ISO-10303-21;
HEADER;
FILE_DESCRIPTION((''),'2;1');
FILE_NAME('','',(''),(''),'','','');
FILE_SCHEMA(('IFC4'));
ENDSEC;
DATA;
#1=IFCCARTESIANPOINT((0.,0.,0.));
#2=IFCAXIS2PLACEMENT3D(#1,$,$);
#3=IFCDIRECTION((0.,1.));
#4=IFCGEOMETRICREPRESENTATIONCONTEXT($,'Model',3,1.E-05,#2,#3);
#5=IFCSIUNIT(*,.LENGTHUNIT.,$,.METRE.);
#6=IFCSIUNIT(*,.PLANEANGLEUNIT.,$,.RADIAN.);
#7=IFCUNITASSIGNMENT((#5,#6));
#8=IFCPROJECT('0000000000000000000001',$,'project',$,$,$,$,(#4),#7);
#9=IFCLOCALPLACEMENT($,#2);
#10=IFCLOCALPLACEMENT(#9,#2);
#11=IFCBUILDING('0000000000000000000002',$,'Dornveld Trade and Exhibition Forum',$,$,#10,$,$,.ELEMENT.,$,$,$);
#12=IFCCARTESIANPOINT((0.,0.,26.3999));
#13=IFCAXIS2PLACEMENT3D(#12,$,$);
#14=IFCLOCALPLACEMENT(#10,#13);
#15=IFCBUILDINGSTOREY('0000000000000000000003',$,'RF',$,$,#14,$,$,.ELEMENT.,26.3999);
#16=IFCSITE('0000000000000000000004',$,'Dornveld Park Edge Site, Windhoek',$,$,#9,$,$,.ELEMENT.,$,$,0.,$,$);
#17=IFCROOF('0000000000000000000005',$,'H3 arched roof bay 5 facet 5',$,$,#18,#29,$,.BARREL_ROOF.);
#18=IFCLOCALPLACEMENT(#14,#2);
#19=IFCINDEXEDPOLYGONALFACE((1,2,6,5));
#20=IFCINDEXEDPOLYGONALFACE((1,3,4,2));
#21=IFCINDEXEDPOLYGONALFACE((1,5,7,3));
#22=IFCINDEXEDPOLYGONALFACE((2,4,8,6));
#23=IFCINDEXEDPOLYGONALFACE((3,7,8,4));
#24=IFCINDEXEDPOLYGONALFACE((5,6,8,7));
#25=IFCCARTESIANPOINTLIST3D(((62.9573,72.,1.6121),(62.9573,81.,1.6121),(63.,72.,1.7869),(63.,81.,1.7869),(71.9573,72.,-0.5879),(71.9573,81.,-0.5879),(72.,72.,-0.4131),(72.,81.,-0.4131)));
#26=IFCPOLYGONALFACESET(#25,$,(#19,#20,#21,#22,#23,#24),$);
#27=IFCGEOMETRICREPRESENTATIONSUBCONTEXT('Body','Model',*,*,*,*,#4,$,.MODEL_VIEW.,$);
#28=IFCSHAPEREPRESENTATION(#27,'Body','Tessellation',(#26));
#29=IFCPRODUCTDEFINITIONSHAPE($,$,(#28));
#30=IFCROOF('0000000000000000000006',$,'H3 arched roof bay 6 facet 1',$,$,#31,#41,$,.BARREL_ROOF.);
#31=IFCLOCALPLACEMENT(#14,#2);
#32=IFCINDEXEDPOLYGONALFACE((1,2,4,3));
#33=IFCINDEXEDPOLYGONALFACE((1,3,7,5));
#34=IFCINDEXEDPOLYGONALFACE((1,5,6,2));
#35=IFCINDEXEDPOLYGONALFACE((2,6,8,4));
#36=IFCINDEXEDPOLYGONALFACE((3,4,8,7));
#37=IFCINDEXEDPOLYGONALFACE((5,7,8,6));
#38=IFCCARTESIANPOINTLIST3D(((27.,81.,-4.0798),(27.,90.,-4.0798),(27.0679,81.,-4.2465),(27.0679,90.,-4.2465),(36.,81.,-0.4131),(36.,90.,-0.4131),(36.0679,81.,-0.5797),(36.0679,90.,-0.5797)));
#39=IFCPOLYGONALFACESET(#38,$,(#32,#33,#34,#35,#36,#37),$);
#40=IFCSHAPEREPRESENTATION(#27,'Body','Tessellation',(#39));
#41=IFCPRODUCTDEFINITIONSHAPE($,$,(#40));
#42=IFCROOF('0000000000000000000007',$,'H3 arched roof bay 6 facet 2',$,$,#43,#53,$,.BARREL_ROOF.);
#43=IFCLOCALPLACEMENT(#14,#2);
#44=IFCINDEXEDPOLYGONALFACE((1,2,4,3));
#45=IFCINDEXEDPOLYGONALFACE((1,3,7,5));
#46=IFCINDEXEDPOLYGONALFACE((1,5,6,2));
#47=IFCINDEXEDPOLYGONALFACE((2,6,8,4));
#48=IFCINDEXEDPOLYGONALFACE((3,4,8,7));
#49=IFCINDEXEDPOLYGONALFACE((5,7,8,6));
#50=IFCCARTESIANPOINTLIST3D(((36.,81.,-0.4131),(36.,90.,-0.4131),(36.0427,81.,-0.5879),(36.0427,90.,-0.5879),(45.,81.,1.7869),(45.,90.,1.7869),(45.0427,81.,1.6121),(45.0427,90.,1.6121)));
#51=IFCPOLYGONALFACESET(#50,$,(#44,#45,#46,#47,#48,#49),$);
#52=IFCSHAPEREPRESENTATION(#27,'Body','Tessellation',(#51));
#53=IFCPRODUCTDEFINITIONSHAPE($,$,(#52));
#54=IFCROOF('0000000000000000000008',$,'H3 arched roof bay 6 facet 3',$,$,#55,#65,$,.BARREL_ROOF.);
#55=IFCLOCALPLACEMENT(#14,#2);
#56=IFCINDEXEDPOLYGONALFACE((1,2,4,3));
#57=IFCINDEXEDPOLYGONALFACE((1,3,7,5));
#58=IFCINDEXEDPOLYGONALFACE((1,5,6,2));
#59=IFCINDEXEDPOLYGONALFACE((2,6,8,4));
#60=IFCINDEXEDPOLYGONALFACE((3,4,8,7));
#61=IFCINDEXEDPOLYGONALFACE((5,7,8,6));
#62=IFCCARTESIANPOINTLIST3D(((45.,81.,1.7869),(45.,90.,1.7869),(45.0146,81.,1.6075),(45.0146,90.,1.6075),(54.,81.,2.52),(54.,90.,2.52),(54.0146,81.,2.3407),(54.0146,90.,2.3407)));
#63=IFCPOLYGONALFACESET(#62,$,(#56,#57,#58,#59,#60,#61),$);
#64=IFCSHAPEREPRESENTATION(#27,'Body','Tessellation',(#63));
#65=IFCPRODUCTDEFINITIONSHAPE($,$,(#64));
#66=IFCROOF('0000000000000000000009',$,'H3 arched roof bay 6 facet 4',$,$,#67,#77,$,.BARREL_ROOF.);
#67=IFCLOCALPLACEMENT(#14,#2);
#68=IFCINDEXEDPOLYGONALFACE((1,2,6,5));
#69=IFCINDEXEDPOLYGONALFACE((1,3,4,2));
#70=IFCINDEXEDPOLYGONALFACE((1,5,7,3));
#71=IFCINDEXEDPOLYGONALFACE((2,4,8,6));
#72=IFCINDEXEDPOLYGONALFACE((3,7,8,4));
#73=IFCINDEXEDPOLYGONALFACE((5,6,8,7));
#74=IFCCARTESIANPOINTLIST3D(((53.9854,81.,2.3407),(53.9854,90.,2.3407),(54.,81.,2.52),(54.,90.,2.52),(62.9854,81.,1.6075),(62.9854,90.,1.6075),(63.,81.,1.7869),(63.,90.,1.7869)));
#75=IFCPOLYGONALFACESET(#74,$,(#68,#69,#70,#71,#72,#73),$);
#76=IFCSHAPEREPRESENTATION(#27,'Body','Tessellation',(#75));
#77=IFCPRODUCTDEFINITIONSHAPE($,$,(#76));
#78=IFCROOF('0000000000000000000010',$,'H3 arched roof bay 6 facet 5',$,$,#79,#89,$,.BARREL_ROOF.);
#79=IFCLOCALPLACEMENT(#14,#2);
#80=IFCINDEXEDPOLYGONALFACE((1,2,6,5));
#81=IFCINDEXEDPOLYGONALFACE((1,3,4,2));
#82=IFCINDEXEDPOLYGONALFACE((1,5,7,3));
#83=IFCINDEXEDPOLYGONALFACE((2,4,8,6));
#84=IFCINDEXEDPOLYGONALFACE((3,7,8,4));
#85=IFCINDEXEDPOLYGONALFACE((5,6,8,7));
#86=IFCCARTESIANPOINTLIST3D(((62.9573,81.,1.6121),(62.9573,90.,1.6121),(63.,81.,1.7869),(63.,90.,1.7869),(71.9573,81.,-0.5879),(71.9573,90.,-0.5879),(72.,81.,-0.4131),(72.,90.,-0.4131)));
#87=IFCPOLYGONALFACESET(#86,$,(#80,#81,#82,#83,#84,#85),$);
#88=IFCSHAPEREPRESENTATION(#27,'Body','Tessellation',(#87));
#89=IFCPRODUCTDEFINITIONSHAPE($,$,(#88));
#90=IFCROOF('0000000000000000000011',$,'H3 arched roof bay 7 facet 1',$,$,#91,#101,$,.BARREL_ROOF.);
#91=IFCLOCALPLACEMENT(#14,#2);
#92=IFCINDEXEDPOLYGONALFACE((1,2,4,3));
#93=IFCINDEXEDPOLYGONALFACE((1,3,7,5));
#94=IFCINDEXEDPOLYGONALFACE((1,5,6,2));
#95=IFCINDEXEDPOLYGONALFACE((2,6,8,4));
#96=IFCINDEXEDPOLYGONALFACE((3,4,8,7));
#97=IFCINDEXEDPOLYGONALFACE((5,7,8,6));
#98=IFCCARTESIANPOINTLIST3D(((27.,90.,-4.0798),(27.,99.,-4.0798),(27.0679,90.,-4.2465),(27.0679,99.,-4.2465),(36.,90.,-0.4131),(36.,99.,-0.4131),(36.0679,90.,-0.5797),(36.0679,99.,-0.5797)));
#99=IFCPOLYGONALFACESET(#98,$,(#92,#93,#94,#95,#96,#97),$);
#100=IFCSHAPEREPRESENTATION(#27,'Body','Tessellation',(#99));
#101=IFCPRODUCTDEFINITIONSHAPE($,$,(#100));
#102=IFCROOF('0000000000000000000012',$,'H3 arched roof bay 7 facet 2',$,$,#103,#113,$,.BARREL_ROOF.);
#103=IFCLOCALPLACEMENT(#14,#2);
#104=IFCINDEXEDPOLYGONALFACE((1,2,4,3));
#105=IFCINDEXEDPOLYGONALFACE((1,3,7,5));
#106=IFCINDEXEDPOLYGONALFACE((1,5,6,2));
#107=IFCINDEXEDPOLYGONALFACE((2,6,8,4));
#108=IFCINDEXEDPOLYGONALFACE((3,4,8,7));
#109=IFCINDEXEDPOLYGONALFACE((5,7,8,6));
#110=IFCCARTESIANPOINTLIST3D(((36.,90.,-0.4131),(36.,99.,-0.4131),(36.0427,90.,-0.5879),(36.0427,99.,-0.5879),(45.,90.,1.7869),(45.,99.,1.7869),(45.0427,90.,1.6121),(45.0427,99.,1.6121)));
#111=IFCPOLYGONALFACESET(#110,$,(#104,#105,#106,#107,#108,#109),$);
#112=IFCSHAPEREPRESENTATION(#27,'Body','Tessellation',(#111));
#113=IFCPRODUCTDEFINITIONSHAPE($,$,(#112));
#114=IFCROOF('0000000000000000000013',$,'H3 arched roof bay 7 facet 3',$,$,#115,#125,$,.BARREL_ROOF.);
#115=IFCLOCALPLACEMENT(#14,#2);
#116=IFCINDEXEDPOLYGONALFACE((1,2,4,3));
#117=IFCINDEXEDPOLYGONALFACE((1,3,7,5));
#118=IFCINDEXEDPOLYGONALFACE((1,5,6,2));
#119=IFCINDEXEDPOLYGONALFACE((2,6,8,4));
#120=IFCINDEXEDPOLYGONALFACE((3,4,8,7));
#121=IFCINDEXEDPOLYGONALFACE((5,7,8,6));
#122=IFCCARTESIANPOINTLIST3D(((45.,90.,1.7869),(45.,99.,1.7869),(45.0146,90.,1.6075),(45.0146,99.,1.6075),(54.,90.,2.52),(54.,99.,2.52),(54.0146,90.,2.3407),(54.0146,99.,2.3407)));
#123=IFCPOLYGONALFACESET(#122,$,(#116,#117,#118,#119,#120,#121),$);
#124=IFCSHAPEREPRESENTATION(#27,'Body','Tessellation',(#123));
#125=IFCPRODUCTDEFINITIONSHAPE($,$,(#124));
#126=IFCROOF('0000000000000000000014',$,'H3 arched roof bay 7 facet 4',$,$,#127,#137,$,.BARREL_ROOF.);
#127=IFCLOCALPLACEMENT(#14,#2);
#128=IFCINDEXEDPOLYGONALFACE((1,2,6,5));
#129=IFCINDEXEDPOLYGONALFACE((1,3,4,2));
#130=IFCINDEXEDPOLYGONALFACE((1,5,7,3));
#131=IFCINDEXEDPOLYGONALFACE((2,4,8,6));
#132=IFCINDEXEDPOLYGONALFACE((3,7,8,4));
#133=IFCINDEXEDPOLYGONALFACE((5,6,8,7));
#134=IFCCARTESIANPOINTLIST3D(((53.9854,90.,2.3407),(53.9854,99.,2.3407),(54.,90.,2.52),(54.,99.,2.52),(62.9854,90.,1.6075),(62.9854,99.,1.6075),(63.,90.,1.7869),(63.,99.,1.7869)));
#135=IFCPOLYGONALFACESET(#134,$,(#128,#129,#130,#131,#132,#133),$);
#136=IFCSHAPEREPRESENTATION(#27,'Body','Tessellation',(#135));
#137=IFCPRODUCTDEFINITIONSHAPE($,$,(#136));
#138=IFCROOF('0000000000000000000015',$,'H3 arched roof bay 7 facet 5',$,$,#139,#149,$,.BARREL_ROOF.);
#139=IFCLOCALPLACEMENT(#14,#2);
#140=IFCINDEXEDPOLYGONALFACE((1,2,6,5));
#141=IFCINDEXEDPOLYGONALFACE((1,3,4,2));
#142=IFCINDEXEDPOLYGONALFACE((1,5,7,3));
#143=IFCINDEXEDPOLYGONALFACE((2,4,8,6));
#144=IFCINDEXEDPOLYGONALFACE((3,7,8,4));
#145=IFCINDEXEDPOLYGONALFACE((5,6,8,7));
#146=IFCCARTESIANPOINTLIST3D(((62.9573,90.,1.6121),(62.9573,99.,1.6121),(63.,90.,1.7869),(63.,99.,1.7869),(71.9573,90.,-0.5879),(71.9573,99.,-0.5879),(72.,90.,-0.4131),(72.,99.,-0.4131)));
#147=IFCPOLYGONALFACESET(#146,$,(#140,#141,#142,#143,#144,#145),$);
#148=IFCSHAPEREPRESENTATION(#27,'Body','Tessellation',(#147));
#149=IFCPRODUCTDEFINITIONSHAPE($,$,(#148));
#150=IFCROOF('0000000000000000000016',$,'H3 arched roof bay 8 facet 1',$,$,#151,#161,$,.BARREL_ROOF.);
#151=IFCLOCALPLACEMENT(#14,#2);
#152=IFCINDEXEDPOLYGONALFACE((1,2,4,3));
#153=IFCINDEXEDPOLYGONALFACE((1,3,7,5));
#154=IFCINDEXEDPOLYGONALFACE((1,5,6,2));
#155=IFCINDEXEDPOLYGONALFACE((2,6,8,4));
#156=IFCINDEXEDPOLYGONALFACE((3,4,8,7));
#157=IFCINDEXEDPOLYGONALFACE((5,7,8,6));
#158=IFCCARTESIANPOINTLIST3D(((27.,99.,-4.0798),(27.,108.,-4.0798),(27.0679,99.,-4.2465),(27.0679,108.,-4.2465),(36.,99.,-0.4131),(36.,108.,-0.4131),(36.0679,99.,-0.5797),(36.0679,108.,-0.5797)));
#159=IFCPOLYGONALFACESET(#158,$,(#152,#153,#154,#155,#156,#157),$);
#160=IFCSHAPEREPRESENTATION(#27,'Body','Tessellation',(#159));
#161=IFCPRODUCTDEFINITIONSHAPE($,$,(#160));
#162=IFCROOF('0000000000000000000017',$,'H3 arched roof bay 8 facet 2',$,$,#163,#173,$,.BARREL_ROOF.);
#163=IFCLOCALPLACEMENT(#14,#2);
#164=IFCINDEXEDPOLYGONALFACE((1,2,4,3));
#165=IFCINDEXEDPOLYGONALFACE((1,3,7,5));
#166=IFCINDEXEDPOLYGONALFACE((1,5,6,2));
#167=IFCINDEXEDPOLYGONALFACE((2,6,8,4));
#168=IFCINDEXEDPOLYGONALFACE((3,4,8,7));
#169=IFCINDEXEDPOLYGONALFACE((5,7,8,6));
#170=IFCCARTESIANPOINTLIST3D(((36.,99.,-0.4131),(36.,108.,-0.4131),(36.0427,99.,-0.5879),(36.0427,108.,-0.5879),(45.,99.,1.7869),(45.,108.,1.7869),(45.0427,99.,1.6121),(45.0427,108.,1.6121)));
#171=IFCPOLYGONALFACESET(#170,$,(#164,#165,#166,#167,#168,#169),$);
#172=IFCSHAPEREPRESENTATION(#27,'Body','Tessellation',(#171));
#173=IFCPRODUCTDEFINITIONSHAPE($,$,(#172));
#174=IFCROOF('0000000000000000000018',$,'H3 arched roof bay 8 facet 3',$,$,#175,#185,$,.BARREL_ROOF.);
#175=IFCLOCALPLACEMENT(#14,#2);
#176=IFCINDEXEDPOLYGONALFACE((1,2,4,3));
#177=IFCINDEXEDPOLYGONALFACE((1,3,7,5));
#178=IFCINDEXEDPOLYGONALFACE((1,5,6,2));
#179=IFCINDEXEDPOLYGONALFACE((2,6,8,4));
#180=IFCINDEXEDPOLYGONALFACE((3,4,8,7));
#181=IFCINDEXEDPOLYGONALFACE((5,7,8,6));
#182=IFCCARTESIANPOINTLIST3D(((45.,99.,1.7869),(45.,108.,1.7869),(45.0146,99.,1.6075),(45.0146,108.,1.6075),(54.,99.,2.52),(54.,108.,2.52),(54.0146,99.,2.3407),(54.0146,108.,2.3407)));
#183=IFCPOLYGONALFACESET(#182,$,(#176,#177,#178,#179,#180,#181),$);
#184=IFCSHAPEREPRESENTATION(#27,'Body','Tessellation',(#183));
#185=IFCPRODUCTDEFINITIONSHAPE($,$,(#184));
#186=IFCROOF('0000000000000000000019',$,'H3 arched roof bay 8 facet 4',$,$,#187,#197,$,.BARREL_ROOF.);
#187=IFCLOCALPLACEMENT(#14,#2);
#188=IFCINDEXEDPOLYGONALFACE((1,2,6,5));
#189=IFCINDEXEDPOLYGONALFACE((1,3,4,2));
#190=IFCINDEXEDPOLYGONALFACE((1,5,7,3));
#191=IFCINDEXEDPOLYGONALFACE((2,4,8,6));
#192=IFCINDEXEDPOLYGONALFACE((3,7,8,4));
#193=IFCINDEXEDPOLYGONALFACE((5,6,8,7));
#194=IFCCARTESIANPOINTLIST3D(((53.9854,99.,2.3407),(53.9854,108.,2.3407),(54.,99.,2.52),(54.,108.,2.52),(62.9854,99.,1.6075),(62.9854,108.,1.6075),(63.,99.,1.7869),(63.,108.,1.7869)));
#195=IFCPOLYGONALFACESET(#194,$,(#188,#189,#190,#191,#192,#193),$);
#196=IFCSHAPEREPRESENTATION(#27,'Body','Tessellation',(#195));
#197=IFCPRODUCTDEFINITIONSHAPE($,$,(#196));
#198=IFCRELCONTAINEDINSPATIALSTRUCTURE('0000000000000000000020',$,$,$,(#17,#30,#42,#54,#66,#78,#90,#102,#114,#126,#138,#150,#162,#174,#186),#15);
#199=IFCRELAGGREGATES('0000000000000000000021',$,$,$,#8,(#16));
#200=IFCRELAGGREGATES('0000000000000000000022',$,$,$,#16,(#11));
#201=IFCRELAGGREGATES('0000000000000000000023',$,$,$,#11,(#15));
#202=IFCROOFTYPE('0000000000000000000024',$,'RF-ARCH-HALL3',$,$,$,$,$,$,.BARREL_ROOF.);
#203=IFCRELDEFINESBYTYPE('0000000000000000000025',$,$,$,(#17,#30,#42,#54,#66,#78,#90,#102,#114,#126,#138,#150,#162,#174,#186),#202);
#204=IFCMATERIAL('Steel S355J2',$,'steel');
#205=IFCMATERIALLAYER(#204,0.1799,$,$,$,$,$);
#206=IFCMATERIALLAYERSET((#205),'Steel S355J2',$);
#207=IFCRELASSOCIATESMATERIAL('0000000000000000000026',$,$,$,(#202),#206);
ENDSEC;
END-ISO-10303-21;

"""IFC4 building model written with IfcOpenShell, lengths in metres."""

from ifc_helpers import new_model, si_unit, direction, frame, origin, place, context, subcontext, project, spatial, polyline, outline, extrude, material, layer, layer_set, type_object, element, save


model = new_model("IFC4")

# Units and contexts
model_context = context("Model", 3, precision=1e-05, world=origin(), true_north=direction((0.0, 1.0)))
body_context = subcontext(model_context, "Body", "Model", "MODEL_VIEW")
ifc_project = project(units=[si_unit("LENGTHUNIT", "METRE"), si_unit("PLANEANGLEUNIT", "RADIAN")], contexts=[model_context])

# Site, building, storey
site_placement = place(None, origin())
site = spatial("IfcSite", under=ifc_project, at=site_placement, Name="Dornveld Park Edge Site, Windhoek", CompositionType="ELEMENT", RefElevation=0.0)
building_placement = place(site_placement, origin())
building = spatial("IfcBuilding", under=site, at=building_placement, Name="Dornveld Trade and Exhibition Forum", CompositionType="ELEMENT")
storey_placement = place(building_placement, frame((0.0, 0.0, 26.3999)))
storey = spatial("IfcBuildingStorey", under=building, at=storey_placement, Name="RF", CompositionType="ELEMENT", Elevation=26.3999)

# Roofs
ifc_material = material(Name="Steel S355J2", Category="steel")
ifc_layer = layer(ifc_material, 0.1799)
ifc_layer_set = layer_set([ifc_layer], Name="Steel S355J2")
roof_type = type_object("IfcRoofType", Name="RF-ARCH-HALL3", PredefinedType="BARREL_ROOF", material=ifc_layer_set)
roof_1_placement = place(storey_placement, frame((63.0, 72.0, 1.7869), z_axis=(0.237448, 0.0, 0.9714), x_axis=(0.9714, 0.0, -0.237448)))
element("IfcRoof", 1, at=roof_1_placement, inside=storey, type_object=roof_type, Name="H3 arched roof bay 5 facet 5", PredefinedType="BARREL_ROOF", context=body_context, shape_type="SweptSolid", body=[
    extrude(outline(polyline([(0.0, 0.0), (9.265, 0.0), (9.265, 9.0), (0.0, 9.0), (0.0, 0.0)])), origin(), (0.0, 0.0, -1.0), 0.1799),
])
roof_2_placement = place(storey_placement, frame((27.0, 81.0, -4.0798), z_axis=(-0.377304, 0.0, 0.926089), x_axis=(0.926089, 0.0, 0.377304)))
element("IfcRoof", 2, at=roof_2_placement, inside=storey, type_object=roof_type, Name="H3 arched roof bay 6 facet 1", PredefinedType="BARREL_ROOF", context=body_context, shape_type="SweptSolid", body=[
    extrude(outline(polyline([(0.0, 0.0), (9.7183, 0.0), (9.7183, 9.0), (0.0, 9.0), (0.0, 0.0)])), origin(), (0.0, 0.0, -1.0), 0.1799),
])
roof_3_placement = place(storey_placement, frame((36.0, 81.0, -0.4131), z_axis=(-0.237448, 0.0, 0.9714), x_axis=(0.9714, 0.0, 0.237448)))
element("IfcRoof", 3, at=roof_3_placement, inside=storey, type_object=roof_type, Name="H3 arched roof bay 6 facet 2", PredefinedType="BARREL_ROOF", context=body_context, shape_type="SweptSolid", body=[
    extrude(outline(polyline([(0.0, 0.0), (9.265, 0.0), (9.265, 9.0), (0.0, 9.0), (0.0, 0.0)])), origin(), (0.0, 0.0, -1.0), 0.1799),
])
for number, where, z_axis, x_axis, name in (
    (4, (45.0, 81.0, 1.7869), (-0.081193, 0.0, 0.996698), (0.996698, 0.0, 0.081193), "H3 arched roof bay 6 facet 3"),
    (5, (54.0, 81.0, 2.52), (0.081193, 0.0, 0.996698), (0.996698, 0.0, -0.081193), "H3 arched roof bay 6 facet 4"),
):
    element("IfcRoof", number, at=place(storey_placement, frame(where, z_axis=z_axis, x_axis=x_axis)), inside=storey, type_object=roof_type, Name=name, PredefinedType="BARREL_ROOF", context=body_context, shape_type="SweptSolid", body=[
        extrude(outline(polyline([(0.0, 0.0), (9.0298, 0.0), (9.0298, 9.0), (0.0, 9.0), (0.0, 0.0)])), origin(), (0.0, 0.0, -1.0), 0.1799),
    ])
roof_4_placement = place(storey_placement, frame((63.0, 81.0, 1.7869), z_axis=(0.237448, 0.0, 0.9714), x_axis=(0.9714, 0.0, -0.237448)))
element("IfcRoof", 6, at=roof_4_placement, inside=storey, type_object=roof_type, Name="H3 arched roof bay 6 facet 5", PredefinedType="BARREL_ROOF", context=body_context, shape_type="SweptSolid", body=[
    extrude(outline(polyline([(0.0, 0.0), (9.265, 0.0), (9.265, 9.0), (0.0, 9.0), (0.0, 0.0)])), origin(), (0.0, 0.0, -1.0), 0.1799),
])
roof_5_placement = place(storey_placement, frame((27.0, 90.0, -4.0798), z_axis=(-0.377304, 0.0, 0.926089), x_axis=(0.926089, 0.0, 0.377304)))
element("IfcRoof", 7, at=roof_5_placement, inside=storey, type_object=roof_type, Name="H3 arched roof bay 7 facet 1", PredefinedType="BARREL_ROOF", context=body_context, shape_type="SweptSolid", body=[
    extrude(outline(polyline([(0.0, 0.0), (9.7183, 0.0), (9.7183, 9.0), (0.0, 9.0), (0.0, 0.0)])), origin(), (0.0, 0.0, -1.0), 0.1799),
])
roof_6_placement = place(storey_placement, frame((36.0, 90.0, -0.4131), z_axis=(-0.237448, 0.0, 0.9714), x_axis=(0.9714, 0.0, 0.237448)))
element("IfcRoof", 8, at=roof_6_placement, inside=storey, type_object=roof_type, Name="H3 arched roof bay 7 facet 2", PredefinedType="BARREL_ROOF", context=body_context, shape_type="SweptSolid", body=[
    extrude(outline(polyline([(0.0, 0.0), (9.265, 0.0), (9.265, 9.0), (0.0, 9.0), (0.0, 0.0)])), origin(), (0.0, 0.0, -1.0), 0.1799),
])
for number, where, z_axis, x_axis, name in (
    (9, (45.0, 90.0, 1.7869), (-0.081193, 0.0, 0.996698), (0.996698, 0.0, 0.081193), "H3 arched roof bay 7 facet 3"),
    (10, (54.0, 90.0, 2.52), (0.081193, 0.0, 0.996698), (0.996698, 0.0, -0.081193), "H3 arched roof bay 7 facet 4"),
):
    element("IfcRoof", number, at=place(storey_placement, frame(where, z_axis=z_axis, x_axis=x_axis)), inside=storey, type_object=roof_type, Name=name, PredefinedType="BARREL_ROOF", context=body_context, shape_type="SweptSolid", body=[
        extrude(outline(polyline([(0.0, 0.0), (9.0298, 0.0), (9.0298, 9.0), (0.0, 9.0), (0.0, 0.0)])), origin(), (0.0, 0.0, -1.0), 0.1799),
    ])
roof_7_placement = place(storey_placement, frame((63.0, 90.0, 1.7869), z_axis=(0.237448, 0.0, 0.9714), x_axis=(0.9714, 0.0, -0.237448)))
element("IfcRoof", 11, at=roof_7_placement, inside=storey, type_object=roof_type, Name="H3 arched roof bay 7 facet 5", PredefinedType="BARREL_ROOF", context=body_context, shape_type="SweptSolid", body=[
    extrude(outline(polyline([(0.0, 0.0), (9.265, 0.0), (9.265, 9.0), (0.0, 9.0), (0.0, 0.0)])), origin(), (0.0, 0.0, -1.0), 0.1799),
])
roof_8_placement = place(storey_placement, frame((27.0, 99.0, -4.0798), z_axis=(-0.377304, 0.0, 0.926089), x_axis=(0.926089, 0.0, 0.377304)))
element("IfcRoof", 12, at=roof_8_placement, inside=storey, type_object=roof_type, Name="H3 arched roof bay 8 facet 1", PredefinedType="BARREL_ROOF", context=body_context, shape_type="SweptSolid", body=[
    extrude(outline(polyline([(0.0, 0.0), (9.7183, 0.0), (9.7183, 9.0), (0.0, 9.0), (0.0, 0.0)])), origin(), (0.0, 0.0, -1.0), 0.1799),
])
roof_9_placement = place(storey_placement, frame((36.0, 99.0, -0.4131), z_axis=(-0.237448, 0.0, 0.9714), x_axis=(0.9714, 0.0, 0.237448)))
element("IfcRoof", 13, at=roof_9_placement, inside=storey, type_object=roof_type, Name="H3 arched roof bay 8 facet 2", PredefinedType="BARREL_ROOF", context=body_context, shape_type="SweptSolid", body=[
    extrude(outline(polyline([(0.0, 0.0), (9.265, 0.0), (9.265, 9.0), (0.0, 9.0), (0.0, 0.0)])), origin(), (0.0, 0.0, -1.0), 0.1799),
])
for number, where, z_axis, x_axis, name in (
    (14, (45.0, 99.0, 1.7869), (-0.081193, 0.0, 0.996698), (0.996698, 0.0, 0.081193), "H3 arched roof bay 8 facet 3"),
    (15, (54.0, 99.0, 2.52), (0.081193, 0.0, 0.996698), (0.996698, 0.0, -0.081193), "H3 arched roof bay 8 facet 4"),
):
    element("IfcRoof", number, at=place(storey_placement, frame(where, z_axis=z_axis, x_axis=x_axis)), inside=storey, type_object=roof_type, Name=name, PredefinedType="BARREL_ROOF", context=body_context, shape_type="SweptSolid", body=[
        extrude(outline(polyline([(0.0, 0.0), (9.0298, 0.0), (9.0298, 9.0), (0.0, 9.0), (0.0, 0.0)])), origin(), (0.0, 0.0, -1.0), 0.1799),
    ])

save(model, "model.ifc")
